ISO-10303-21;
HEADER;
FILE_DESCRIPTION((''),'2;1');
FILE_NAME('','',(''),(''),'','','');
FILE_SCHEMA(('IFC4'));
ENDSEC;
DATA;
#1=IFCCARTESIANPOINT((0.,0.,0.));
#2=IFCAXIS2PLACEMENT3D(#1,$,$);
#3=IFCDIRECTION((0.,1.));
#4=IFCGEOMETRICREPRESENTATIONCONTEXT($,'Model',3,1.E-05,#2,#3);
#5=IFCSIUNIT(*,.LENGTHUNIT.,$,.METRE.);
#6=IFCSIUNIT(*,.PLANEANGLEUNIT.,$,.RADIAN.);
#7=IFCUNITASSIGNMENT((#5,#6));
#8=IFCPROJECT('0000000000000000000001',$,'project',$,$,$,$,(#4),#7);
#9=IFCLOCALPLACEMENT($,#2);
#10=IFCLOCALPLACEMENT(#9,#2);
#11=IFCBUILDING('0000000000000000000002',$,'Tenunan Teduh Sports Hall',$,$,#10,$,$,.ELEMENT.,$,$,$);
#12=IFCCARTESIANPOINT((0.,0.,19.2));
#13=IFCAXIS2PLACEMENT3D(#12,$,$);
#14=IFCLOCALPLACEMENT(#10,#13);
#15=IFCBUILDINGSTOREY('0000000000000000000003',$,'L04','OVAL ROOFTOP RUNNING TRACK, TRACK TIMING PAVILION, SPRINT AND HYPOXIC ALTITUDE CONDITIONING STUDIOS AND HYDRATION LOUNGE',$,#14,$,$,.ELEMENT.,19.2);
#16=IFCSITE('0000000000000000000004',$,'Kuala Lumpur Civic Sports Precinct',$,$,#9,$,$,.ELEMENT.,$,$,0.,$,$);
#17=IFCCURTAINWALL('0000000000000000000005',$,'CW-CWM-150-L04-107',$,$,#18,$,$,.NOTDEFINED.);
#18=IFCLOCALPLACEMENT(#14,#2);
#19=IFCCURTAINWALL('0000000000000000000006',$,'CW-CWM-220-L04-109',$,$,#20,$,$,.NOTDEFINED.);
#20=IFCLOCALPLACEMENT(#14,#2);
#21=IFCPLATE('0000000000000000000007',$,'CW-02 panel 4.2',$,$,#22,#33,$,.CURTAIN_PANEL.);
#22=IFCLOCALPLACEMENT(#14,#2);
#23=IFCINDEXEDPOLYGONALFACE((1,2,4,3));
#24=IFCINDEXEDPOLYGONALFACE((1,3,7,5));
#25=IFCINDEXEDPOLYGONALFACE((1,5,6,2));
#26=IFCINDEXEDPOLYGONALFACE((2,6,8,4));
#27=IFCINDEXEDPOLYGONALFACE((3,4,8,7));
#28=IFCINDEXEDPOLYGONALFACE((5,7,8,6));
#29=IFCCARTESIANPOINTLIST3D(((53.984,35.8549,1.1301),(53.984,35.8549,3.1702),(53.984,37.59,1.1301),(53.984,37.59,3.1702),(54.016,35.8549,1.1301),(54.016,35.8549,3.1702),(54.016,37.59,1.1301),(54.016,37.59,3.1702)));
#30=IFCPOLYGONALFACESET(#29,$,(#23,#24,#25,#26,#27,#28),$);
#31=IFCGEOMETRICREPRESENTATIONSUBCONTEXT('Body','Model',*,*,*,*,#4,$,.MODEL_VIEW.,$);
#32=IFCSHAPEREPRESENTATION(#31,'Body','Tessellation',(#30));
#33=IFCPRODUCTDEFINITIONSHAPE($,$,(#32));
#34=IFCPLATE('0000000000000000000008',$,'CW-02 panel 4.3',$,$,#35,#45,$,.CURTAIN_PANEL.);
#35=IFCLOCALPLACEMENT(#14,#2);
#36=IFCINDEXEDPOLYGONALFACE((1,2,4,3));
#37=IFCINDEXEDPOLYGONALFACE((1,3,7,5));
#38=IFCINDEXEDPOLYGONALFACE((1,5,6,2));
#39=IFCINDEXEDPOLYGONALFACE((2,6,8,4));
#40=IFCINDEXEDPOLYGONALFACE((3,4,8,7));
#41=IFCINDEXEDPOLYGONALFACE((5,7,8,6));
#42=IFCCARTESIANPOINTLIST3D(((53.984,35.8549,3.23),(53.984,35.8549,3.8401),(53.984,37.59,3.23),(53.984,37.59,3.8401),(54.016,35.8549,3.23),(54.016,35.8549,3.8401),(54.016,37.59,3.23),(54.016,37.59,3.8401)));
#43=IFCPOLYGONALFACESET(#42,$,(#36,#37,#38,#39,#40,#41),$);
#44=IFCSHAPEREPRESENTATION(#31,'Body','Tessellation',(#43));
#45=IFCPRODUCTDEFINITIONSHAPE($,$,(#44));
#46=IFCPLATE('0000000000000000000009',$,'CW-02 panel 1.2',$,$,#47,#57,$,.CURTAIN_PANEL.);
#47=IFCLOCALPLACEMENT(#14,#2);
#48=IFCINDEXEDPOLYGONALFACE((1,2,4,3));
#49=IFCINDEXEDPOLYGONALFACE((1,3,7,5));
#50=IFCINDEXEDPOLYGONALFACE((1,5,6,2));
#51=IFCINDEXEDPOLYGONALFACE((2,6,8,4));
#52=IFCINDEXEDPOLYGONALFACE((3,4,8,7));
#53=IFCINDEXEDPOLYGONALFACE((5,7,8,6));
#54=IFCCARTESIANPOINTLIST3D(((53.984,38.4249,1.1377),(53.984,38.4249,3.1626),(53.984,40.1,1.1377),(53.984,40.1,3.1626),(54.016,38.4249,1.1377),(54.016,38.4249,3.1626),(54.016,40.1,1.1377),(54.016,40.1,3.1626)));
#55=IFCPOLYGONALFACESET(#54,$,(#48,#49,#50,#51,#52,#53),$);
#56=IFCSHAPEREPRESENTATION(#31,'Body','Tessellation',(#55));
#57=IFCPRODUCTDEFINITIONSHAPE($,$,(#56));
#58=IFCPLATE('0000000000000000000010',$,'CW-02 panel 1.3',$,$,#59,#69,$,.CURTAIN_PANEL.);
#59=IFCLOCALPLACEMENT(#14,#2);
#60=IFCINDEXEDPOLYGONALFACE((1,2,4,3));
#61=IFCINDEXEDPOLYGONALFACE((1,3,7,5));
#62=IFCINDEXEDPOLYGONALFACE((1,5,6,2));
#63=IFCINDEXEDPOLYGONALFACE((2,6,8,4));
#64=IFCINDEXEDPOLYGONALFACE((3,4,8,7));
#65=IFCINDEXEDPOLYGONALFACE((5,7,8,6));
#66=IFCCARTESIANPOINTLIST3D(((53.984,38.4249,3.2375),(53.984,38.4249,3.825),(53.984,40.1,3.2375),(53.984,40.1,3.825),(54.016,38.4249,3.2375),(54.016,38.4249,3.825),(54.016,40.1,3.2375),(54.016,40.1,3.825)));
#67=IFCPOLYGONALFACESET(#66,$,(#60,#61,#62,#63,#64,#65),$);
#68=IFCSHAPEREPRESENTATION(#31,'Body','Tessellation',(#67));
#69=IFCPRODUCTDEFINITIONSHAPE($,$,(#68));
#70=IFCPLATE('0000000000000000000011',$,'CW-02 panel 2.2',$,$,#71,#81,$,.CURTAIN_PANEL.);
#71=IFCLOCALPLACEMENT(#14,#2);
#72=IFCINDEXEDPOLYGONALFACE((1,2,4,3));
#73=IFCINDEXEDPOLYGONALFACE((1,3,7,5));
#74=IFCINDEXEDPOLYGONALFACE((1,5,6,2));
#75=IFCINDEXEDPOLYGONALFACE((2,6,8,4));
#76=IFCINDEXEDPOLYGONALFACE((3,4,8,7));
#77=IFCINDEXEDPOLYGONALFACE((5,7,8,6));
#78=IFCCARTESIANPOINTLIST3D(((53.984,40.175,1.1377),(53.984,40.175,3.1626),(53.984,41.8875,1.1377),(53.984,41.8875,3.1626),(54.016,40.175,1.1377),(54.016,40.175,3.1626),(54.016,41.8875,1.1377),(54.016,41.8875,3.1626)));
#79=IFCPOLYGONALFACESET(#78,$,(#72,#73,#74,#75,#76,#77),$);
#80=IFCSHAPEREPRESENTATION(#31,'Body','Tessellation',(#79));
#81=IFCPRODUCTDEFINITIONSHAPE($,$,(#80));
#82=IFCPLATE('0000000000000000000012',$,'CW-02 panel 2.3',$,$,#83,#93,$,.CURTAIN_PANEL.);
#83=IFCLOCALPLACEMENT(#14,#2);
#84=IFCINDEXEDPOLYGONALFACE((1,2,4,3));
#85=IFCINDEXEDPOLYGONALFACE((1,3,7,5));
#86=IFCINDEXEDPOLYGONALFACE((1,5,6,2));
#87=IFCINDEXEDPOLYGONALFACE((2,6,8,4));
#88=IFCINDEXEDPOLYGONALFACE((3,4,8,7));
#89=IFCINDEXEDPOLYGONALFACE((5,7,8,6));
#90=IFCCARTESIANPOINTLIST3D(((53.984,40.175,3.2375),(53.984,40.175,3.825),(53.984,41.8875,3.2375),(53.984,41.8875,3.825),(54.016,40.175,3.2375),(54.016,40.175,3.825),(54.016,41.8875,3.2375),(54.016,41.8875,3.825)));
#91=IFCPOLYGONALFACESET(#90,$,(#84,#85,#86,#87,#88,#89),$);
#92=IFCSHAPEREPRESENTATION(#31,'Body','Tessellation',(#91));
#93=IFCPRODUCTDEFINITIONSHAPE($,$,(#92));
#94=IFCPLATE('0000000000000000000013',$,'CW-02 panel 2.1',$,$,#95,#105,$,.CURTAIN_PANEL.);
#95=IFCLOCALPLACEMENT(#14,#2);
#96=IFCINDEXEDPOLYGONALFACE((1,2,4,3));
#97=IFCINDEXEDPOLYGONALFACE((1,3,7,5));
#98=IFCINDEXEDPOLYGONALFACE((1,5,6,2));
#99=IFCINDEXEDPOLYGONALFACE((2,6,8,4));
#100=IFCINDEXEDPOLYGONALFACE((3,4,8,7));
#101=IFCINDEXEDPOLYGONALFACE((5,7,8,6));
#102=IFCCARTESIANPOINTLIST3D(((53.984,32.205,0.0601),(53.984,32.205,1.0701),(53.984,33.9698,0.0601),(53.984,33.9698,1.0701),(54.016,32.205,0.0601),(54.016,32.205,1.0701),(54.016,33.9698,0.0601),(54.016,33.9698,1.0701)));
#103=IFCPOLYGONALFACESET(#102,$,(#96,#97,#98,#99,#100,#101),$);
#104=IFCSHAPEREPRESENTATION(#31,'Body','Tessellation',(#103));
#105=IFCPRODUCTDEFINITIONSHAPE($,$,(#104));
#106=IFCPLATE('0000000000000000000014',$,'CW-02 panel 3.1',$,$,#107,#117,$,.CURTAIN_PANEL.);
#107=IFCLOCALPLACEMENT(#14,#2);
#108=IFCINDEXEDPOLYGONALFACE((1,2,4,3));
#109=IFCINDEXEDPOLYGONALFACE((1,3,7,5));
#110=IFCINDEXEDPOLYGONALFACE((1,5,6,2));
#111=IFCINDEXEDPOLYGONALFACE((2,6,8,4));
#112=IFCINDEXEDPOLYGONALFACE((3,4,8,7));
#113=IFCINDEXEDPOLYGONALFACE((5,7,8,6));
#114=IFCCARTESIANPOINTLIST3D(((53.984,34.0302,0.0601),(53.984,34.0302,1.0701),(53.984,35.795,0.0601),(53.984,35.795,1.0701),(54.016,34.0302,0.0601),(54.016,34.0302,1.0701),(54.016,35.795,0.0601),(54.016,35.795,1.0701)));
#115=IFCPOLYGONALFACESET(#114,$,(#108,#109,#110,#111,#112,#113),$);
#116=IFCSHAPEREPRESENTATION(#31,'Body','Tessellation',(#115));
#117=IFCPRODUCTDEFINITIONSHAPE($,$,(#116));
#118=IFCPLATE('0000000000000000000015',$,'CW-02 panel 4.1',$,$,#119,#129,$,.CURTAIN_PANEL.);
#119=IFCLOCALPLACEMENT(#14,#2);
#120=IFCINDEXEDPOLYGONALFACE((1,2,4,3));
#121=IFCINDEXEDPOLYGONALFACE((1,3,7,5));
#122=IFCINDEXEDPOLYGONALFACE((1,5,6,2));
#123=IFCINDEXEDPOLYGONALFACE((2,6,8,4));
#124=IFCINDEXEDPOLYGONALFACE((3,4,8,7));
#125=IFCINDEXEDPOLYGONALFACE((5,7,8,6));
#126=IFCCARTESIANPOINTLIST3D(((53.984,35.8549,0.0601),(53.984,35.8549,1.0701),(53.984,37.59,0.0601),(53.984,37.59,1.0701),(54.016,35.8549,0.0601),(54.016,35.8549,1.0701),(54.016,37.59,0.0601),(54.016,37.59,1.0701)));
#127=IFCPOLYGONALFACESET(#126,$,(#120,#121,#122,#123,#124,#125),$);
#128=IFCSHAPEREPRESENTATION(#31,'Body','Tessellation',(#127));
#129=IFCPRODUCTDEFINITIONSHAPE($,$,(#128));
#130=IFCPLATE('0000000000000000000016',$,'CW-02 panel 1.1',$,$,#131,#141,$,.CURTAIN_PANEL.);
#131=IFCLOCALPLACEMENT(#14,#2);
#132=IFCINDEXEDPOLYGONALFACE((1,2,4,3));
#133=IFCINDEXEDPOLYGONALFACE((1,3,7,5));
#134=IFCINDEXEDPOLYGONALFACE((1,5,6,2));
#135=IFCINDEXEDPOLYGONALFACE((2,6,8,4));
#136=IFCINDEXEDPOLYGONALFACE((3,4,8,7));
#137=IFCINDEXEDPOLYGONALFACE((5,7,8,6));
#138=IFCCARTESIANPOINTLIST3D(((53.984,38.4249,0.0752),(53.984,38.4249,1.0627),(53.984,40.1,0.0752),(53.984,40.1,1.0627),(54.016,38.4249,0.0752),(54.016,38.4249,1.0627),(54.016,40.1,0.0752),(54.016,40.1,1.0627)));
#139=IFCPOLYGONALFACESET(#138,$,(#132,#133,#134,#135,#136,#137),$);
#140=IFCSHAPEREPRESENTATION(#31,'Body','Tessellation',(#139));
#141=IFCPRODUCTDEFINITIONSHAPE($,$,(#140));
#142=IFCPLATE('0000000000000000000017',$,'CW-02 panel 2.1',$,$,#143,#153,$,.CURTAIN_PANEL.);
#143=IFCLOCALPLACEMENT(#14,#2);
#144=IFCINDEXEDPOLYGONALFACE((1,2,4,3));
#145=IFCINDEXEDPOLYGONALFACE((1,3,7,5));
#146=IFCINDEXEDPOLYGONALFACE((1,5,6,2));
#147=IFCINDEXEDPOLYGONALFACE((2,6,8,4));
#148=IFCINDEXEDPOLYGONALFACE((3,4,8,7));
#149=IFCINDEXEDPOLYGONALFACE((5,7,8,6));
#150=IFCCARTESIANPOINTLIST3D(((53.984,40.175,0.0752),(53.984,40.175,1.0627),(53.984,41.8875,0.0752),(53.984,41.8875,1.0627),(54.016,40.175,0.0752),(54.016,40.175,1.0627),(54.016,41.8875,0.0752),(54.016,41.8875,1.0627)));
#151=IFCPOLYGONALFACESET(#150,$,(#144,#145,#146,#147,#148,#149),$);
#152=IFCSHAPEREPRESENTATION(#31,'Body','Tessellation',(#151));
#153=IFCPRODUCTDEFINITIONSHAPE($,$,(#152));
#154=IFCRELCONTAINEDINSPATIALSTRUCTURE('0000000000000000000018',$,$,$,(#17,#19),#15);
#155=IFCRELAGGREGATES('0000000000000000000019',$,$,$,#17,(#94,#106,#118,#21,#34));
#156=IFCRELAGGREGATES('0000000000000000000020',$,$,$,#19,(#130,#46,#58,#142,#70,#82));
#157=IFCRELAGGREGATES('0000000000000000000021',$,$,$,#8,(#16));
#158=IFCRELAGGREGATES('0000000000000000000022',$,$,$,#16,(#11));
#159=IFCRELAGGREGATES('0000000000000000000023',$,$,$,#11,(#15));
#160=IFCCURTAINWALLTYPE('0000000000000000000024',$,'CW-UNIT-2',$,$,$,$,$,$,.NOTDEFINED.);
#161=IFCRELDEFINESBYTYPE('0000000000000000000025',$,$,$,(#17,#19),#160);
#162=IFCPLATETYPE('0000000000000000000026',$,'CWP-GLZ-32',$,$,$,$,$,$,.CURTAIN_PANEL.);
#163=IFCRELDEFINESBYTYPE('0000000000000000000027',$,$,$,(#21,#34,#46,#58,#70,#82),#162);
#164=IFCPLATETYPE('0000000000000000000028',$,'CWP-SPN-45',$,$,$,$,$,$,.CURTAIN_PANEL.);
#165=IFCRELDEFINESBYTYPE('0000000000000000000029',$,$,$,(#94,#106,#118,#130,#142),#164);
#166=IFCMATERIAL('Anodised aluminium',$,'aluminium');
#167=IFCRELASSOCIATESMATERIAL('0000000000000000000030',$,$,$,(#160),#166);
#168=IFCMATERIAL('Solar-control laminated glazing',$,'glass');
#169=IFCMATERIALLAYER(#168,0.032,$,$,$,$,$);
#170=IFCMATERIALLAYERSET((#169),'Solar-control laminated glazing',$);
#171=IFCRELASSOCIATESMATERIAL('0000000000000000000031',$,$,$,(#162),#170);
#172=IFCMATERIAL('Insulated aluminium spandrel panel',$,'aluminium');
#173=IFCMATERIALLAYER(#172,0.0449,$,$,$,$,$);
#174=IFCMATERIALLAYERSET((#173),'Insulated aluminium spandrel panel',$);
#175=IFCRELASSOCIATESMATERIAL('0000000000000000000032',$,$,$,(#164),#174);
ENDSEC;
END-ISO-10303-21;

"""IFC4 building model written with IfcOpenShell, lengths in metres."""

from ifc_helpers import new_model, si_unit, direction, frame, origin, origin_2d, place, context, subcontext, project, spatial, rectangle, extrude, material, layer, layer_set, type_object, element, aggregate, save


model = new_model("IFC4")

# Units and contexts
model_context = context("Model", 3, precision=1e-05, world=origin(), true_north=direction((0.0, 1.0)))
body_context = subcontext(model_context, "Body", "Model", "MODEL_VIEW")
ifc_project = project(units=[si_unit("LENGTHUNIT", "METRE"), si_unit("PLANEANGLEUNIT", "RADIAN")], contexts=[model_context])

# Site, building, storey
site_placement = place(None, origin())
site = spatial("IfcSite", under=ifc_project, at=site_placement, Name="Kuala Lumpur Civic Sports Precinct", CompositionType="ELEMENT", RefElevation=0.0)
building_placement = place(site_placement, origin())
building = spatial("IfcBuilding", under=site, at=building_placement, Name="Tenunan Teduh Sports Hall", CompositionType="ELEMENT")
storey_placement = place(building_placement, frame((0.0, 0.0, 19.2)))
storey = spatial("IfcBuildingStorey", under=building, at=storey_placement, Name="L04", Description="OVAL ROOFTOP RUNNING TRACK, TRACK TIMING PAVILION, SPRINT AND HYPOXIC ALTITUDE CONDITIONING STUDIOS AND HYDRATION LOUNGE", CompositionType="ELEMENT", Elevation=19.2)

# Curtain walls
ifc_material_1 = material(Name="Anodised aluminium", Category="aluminium")
curtain_wall_type = type_object("IfcCurtainWallType", Name="CW-UNIT-2", PredefinedType="NOTDEFINED", material=ifc_material_1)
curtain_wall_1_placement = place(storey_placement, origin())
curtain_wall_1 = element("IfcCurtainWall", 1, at=curtain_wall_1_placement, inside=storey, type_object=curtain_wall_type, Name="CW-CWM-150-L04-107", PredefinedType="NOTDEFINED")
curtain_wall_2_placement = place(storey_placement, origin())
curtain_wall_2 = element("IfcCurtainWall", 2, at=curtain_wall_2_placement, inside=storey, type_object=curtain_wall_type, Name="CW-CWM-220-L04-109", PredefinedType="NOTDEFINED")

# Plates
ifc_material_2 = material(Name="Solar-control laminated glazing", Category="glass")
ifc_layer_1 = layer(ifc_material_2, 0.032)
ifc_layer_set_1 = layer_set([ifc_layer_1], Name="Solar-control laminated glazing")
plate_type_1 = type_object("IfcPlateType", Name="CWP-GLZ-32", PredefinedType="CURTAIN_PANEL", material=ifc_layer_set_1)
plate_1_placement = place(storey_placement, frame((54.0, 36.7224, 1.1301), z_axis=(0.0, 0.0, 1.0), x_axis=(0.0, 1.0, 0.0)))
plate_1 = element("IfcPlate", 3, at=plate_1_placement, type_object=plate_type_1, Name="CW-02 panel 4.2", PredefinedType="CURTAIN_PANEL", context=body_context, shape_type="SweptSolid", body=[
    extrude(rectangle(XDim=1.7351, YDim=0.032, at=origin_2d()), origin(), (0.0, 0.0, 1.0), 2.04),
])
plate_2_placement = place(storey_placement, frame((54.0, 36.7224, 3.23), z_axis=(0.0, 0.0, 1.0), x_axis=(0.0, 1.0, 0.0)))
plate_2 = element("IfcPlate", 4, at=plate_2_placement, type_object=plate_type_1, Name="CW-02 panel 4.3", PredefinedType="CURTAIN_PANEL", context=body_context, shape_type="SweptSolid", body=[
    extrude(rectangle(XDim=1.7351, YDim=0.032, at=origin_2d()), origin(), (0.0, 0.0, 1.0), 0.6101),
])
plate_3_placement = place(storey_placement, frame((54.0, 39.2625, 1.1377), z_axis=(0.0, 0.0, 1.0), x_axis=(0.0, 1.0, 0.0)))
plate_3 = element("IfcPlate", 5, at=plate_3_placement, type_object=plate_type_1, Name="CW-02 panel 1.2", PredefinedType="CURTAIN_PANEL", context=body_context, shape_type="SweptSolid", body=[
    extrude(rectangle(XDim=1.675, YDim=0.032, at=origin_2d()), origin(), (0.0, 0.0, 1.0), 2.0249),
])
plate_4_placement = place(storey_placement, frame((54.0, 39.2625, 3.2375), z_axis=(0.0, 0.0, 1.0), x_axis=(0.0, 1.0, 0.0)))
plate_4 = element("IfcPlate", 6, at=plate_4_placement, type_object=plate_type_1, Name="CW-02 panel 1.3", PredefinedType="CURTAIN_PANEL", context=body_context, shape_type="SweptSolid", body=[
    extrude(rectangle(XDim=1.675, YDim=0.032, at=origin_2d()), origin(), (0.0, 0.0, 1.0), 0.5874),
])
plate_5_placement = place(storey_placement, frame((54.0, 41.0312, 1.1377), z_axis=(0.0, 0.0, 1.0), x_axis=(0.0, 1.0, 0.0)))
plate_5 = element("IfcPlate", 7, at=plate_5_placement, type_object=plate_type_1, Name="CW-02 panel 2.2", PredefinedType="CURTAIN_PANEL", context=body_context, shape_type="SweptSolid", body=[
    extrude(rectangle(XDim=1.7124, YDim=0.032, at=origin_2d()), origin(), (0.0, 0.0, 1.0), 2.0249),
])
plate_6_placement = place(storey_placement, frame((54.0, 41.0312, 3.2375), z_axis=(0.0, 0.0, 1.0), x_axis=(0.0, 1.0, 0.0)))
plate_6 = element("IfcPlate", 8, at=plate_6_placement, type_object=plate_type_1, Name="CW-02 panel 2.3", PredefinedType="CURTAIN_PANEL", context=body_context, shape_type="SweptSolid", body=[
    extrude(rectangle(XDim=1.7124, YDim=0.032, at=origin_2d()), origin(), (0.0, 0.0, 1.0), 0.5874),
])
ifc_material_3 = material(Name="Insulated aluminium spandrel panel", Category="aluminium")
ifc_layer_2 = layer(ifc_material_3, 0.0449)
ifc_layer_set_2 = layer_set([ifc_layer_2], Name="Insulated aluminium spandrel panel")
plate_type_2 = type_object("IfcPlateType", Name="CWP-SPN-45", PredefinedType="CURTAIN_PANEL", material=ifc_layer_set_2)
plate_7_placement = place(storey_placement, frame((54.0, 33.0874, 0.0601), z_axis=(0.0, 0.0, 1.0), x_axis=(0.0, 1.0, 0.0)))
plate_7 = element("IfcPlate", 9, at=plate_7_placement, type_object=plate_type_2, Name="CW-02 panel 2.1", PredefinedType="CURTAIN_PANEL", context=body_context, shape_type="SweptSolid", body=[
    extrude(rectangle(XDim=1.7649, YDim=0.032, at=origin_2d()), origin(), (0.0, 0.0, 1.0), 1.01),
])
plate_8_placement = place(storey_placement, frame((54.0, 34.9126, 0.0601), z_axis=(0.0, 0.0, 1.0), x_axis=(0.0, 1.0, 0.0)))
plate_8 = element("IfcPlate", 10, at=plate_8_placement, type_object=plate_type_2, Name="CW-02 panel 3.1", PredefinedType="CURTAIN_PANEL", context=body_context, shape_type="SweptSolid", body=[
    extrude(rectangle(XDim=1.7649, YDim=0.032, at=origin_2d()), origin(), (0.0, 0.0, 1.0), 1.01),
])
plate_9_placement = place(storey_placement, frame((54.0, 36.7224, 0.0601), z_axis=(0.0, 0.0, 1.0), x_axis=(0.0, 1.0, 0.0)))
plate_9 = element("IfcPlate", 11, at=plate_9_placement, type_object=plate_type_2, Name="CW-02 panel 4.1", PredefinedType="CURTAIN_PANEL", context=body_context, shape_type="SweptSolid", body=[
    extrude(rectangle(XDim=1.7351, YDim=0.032, at=origin_2d()), origin(), (0.0, 0.0, 1.0), 1.01),
])
aggregate(curtain_wall_1, [plate_7, plate_8, plate_9, plate_1, plate_2])
plate_10_placement = place(storey_placement, frame((54.0, 39.2625, 0.0752), z_axis=(0.0, 0.0, 1.0), x_axis=(0.0, 1.0, 0.0)))
plate_10 = element("IfcPlate", 12, at=plate_10_placement, type_object=plate_type_2, Name="CW-02 panel 1.1", PredefinedType="CURTAIN_PANEL", context=body_context, shape_type="SweptSolid", body=[
    extrude(rectangle(XDim=1.675, YDim=0.032, at=origin_2d()), origin(), (0.0, 0.0, 1.0), 0.9875),
])
plate_11_placement = place(storey_placement, frame((54.0, 41.0312, 0.0752), z_axis=(0.0, 0.0, 1.0), x_axis=(0.0, 1.0, 0.0)))
plate_11 = element("IfcPlate", 13, at=plate_11_placement, type_object=plate_type_2, Name="CW-02 panel 2.1", PredefinedType="CURTAIN_PANEL", context=body_context, shape_type="SweptSolid", body=[
    extrude(rectangle(XDim=1.7124, YDim=0.032, at=origin_2d()), origin(), (0.0, 0.0, 1.0), 0.9875),
])
aggregate(curtain_wall_2, [plate_10, plate_3, plate_4, plate_11, plate_5, plate_6])

save(model, "model.ifc")
